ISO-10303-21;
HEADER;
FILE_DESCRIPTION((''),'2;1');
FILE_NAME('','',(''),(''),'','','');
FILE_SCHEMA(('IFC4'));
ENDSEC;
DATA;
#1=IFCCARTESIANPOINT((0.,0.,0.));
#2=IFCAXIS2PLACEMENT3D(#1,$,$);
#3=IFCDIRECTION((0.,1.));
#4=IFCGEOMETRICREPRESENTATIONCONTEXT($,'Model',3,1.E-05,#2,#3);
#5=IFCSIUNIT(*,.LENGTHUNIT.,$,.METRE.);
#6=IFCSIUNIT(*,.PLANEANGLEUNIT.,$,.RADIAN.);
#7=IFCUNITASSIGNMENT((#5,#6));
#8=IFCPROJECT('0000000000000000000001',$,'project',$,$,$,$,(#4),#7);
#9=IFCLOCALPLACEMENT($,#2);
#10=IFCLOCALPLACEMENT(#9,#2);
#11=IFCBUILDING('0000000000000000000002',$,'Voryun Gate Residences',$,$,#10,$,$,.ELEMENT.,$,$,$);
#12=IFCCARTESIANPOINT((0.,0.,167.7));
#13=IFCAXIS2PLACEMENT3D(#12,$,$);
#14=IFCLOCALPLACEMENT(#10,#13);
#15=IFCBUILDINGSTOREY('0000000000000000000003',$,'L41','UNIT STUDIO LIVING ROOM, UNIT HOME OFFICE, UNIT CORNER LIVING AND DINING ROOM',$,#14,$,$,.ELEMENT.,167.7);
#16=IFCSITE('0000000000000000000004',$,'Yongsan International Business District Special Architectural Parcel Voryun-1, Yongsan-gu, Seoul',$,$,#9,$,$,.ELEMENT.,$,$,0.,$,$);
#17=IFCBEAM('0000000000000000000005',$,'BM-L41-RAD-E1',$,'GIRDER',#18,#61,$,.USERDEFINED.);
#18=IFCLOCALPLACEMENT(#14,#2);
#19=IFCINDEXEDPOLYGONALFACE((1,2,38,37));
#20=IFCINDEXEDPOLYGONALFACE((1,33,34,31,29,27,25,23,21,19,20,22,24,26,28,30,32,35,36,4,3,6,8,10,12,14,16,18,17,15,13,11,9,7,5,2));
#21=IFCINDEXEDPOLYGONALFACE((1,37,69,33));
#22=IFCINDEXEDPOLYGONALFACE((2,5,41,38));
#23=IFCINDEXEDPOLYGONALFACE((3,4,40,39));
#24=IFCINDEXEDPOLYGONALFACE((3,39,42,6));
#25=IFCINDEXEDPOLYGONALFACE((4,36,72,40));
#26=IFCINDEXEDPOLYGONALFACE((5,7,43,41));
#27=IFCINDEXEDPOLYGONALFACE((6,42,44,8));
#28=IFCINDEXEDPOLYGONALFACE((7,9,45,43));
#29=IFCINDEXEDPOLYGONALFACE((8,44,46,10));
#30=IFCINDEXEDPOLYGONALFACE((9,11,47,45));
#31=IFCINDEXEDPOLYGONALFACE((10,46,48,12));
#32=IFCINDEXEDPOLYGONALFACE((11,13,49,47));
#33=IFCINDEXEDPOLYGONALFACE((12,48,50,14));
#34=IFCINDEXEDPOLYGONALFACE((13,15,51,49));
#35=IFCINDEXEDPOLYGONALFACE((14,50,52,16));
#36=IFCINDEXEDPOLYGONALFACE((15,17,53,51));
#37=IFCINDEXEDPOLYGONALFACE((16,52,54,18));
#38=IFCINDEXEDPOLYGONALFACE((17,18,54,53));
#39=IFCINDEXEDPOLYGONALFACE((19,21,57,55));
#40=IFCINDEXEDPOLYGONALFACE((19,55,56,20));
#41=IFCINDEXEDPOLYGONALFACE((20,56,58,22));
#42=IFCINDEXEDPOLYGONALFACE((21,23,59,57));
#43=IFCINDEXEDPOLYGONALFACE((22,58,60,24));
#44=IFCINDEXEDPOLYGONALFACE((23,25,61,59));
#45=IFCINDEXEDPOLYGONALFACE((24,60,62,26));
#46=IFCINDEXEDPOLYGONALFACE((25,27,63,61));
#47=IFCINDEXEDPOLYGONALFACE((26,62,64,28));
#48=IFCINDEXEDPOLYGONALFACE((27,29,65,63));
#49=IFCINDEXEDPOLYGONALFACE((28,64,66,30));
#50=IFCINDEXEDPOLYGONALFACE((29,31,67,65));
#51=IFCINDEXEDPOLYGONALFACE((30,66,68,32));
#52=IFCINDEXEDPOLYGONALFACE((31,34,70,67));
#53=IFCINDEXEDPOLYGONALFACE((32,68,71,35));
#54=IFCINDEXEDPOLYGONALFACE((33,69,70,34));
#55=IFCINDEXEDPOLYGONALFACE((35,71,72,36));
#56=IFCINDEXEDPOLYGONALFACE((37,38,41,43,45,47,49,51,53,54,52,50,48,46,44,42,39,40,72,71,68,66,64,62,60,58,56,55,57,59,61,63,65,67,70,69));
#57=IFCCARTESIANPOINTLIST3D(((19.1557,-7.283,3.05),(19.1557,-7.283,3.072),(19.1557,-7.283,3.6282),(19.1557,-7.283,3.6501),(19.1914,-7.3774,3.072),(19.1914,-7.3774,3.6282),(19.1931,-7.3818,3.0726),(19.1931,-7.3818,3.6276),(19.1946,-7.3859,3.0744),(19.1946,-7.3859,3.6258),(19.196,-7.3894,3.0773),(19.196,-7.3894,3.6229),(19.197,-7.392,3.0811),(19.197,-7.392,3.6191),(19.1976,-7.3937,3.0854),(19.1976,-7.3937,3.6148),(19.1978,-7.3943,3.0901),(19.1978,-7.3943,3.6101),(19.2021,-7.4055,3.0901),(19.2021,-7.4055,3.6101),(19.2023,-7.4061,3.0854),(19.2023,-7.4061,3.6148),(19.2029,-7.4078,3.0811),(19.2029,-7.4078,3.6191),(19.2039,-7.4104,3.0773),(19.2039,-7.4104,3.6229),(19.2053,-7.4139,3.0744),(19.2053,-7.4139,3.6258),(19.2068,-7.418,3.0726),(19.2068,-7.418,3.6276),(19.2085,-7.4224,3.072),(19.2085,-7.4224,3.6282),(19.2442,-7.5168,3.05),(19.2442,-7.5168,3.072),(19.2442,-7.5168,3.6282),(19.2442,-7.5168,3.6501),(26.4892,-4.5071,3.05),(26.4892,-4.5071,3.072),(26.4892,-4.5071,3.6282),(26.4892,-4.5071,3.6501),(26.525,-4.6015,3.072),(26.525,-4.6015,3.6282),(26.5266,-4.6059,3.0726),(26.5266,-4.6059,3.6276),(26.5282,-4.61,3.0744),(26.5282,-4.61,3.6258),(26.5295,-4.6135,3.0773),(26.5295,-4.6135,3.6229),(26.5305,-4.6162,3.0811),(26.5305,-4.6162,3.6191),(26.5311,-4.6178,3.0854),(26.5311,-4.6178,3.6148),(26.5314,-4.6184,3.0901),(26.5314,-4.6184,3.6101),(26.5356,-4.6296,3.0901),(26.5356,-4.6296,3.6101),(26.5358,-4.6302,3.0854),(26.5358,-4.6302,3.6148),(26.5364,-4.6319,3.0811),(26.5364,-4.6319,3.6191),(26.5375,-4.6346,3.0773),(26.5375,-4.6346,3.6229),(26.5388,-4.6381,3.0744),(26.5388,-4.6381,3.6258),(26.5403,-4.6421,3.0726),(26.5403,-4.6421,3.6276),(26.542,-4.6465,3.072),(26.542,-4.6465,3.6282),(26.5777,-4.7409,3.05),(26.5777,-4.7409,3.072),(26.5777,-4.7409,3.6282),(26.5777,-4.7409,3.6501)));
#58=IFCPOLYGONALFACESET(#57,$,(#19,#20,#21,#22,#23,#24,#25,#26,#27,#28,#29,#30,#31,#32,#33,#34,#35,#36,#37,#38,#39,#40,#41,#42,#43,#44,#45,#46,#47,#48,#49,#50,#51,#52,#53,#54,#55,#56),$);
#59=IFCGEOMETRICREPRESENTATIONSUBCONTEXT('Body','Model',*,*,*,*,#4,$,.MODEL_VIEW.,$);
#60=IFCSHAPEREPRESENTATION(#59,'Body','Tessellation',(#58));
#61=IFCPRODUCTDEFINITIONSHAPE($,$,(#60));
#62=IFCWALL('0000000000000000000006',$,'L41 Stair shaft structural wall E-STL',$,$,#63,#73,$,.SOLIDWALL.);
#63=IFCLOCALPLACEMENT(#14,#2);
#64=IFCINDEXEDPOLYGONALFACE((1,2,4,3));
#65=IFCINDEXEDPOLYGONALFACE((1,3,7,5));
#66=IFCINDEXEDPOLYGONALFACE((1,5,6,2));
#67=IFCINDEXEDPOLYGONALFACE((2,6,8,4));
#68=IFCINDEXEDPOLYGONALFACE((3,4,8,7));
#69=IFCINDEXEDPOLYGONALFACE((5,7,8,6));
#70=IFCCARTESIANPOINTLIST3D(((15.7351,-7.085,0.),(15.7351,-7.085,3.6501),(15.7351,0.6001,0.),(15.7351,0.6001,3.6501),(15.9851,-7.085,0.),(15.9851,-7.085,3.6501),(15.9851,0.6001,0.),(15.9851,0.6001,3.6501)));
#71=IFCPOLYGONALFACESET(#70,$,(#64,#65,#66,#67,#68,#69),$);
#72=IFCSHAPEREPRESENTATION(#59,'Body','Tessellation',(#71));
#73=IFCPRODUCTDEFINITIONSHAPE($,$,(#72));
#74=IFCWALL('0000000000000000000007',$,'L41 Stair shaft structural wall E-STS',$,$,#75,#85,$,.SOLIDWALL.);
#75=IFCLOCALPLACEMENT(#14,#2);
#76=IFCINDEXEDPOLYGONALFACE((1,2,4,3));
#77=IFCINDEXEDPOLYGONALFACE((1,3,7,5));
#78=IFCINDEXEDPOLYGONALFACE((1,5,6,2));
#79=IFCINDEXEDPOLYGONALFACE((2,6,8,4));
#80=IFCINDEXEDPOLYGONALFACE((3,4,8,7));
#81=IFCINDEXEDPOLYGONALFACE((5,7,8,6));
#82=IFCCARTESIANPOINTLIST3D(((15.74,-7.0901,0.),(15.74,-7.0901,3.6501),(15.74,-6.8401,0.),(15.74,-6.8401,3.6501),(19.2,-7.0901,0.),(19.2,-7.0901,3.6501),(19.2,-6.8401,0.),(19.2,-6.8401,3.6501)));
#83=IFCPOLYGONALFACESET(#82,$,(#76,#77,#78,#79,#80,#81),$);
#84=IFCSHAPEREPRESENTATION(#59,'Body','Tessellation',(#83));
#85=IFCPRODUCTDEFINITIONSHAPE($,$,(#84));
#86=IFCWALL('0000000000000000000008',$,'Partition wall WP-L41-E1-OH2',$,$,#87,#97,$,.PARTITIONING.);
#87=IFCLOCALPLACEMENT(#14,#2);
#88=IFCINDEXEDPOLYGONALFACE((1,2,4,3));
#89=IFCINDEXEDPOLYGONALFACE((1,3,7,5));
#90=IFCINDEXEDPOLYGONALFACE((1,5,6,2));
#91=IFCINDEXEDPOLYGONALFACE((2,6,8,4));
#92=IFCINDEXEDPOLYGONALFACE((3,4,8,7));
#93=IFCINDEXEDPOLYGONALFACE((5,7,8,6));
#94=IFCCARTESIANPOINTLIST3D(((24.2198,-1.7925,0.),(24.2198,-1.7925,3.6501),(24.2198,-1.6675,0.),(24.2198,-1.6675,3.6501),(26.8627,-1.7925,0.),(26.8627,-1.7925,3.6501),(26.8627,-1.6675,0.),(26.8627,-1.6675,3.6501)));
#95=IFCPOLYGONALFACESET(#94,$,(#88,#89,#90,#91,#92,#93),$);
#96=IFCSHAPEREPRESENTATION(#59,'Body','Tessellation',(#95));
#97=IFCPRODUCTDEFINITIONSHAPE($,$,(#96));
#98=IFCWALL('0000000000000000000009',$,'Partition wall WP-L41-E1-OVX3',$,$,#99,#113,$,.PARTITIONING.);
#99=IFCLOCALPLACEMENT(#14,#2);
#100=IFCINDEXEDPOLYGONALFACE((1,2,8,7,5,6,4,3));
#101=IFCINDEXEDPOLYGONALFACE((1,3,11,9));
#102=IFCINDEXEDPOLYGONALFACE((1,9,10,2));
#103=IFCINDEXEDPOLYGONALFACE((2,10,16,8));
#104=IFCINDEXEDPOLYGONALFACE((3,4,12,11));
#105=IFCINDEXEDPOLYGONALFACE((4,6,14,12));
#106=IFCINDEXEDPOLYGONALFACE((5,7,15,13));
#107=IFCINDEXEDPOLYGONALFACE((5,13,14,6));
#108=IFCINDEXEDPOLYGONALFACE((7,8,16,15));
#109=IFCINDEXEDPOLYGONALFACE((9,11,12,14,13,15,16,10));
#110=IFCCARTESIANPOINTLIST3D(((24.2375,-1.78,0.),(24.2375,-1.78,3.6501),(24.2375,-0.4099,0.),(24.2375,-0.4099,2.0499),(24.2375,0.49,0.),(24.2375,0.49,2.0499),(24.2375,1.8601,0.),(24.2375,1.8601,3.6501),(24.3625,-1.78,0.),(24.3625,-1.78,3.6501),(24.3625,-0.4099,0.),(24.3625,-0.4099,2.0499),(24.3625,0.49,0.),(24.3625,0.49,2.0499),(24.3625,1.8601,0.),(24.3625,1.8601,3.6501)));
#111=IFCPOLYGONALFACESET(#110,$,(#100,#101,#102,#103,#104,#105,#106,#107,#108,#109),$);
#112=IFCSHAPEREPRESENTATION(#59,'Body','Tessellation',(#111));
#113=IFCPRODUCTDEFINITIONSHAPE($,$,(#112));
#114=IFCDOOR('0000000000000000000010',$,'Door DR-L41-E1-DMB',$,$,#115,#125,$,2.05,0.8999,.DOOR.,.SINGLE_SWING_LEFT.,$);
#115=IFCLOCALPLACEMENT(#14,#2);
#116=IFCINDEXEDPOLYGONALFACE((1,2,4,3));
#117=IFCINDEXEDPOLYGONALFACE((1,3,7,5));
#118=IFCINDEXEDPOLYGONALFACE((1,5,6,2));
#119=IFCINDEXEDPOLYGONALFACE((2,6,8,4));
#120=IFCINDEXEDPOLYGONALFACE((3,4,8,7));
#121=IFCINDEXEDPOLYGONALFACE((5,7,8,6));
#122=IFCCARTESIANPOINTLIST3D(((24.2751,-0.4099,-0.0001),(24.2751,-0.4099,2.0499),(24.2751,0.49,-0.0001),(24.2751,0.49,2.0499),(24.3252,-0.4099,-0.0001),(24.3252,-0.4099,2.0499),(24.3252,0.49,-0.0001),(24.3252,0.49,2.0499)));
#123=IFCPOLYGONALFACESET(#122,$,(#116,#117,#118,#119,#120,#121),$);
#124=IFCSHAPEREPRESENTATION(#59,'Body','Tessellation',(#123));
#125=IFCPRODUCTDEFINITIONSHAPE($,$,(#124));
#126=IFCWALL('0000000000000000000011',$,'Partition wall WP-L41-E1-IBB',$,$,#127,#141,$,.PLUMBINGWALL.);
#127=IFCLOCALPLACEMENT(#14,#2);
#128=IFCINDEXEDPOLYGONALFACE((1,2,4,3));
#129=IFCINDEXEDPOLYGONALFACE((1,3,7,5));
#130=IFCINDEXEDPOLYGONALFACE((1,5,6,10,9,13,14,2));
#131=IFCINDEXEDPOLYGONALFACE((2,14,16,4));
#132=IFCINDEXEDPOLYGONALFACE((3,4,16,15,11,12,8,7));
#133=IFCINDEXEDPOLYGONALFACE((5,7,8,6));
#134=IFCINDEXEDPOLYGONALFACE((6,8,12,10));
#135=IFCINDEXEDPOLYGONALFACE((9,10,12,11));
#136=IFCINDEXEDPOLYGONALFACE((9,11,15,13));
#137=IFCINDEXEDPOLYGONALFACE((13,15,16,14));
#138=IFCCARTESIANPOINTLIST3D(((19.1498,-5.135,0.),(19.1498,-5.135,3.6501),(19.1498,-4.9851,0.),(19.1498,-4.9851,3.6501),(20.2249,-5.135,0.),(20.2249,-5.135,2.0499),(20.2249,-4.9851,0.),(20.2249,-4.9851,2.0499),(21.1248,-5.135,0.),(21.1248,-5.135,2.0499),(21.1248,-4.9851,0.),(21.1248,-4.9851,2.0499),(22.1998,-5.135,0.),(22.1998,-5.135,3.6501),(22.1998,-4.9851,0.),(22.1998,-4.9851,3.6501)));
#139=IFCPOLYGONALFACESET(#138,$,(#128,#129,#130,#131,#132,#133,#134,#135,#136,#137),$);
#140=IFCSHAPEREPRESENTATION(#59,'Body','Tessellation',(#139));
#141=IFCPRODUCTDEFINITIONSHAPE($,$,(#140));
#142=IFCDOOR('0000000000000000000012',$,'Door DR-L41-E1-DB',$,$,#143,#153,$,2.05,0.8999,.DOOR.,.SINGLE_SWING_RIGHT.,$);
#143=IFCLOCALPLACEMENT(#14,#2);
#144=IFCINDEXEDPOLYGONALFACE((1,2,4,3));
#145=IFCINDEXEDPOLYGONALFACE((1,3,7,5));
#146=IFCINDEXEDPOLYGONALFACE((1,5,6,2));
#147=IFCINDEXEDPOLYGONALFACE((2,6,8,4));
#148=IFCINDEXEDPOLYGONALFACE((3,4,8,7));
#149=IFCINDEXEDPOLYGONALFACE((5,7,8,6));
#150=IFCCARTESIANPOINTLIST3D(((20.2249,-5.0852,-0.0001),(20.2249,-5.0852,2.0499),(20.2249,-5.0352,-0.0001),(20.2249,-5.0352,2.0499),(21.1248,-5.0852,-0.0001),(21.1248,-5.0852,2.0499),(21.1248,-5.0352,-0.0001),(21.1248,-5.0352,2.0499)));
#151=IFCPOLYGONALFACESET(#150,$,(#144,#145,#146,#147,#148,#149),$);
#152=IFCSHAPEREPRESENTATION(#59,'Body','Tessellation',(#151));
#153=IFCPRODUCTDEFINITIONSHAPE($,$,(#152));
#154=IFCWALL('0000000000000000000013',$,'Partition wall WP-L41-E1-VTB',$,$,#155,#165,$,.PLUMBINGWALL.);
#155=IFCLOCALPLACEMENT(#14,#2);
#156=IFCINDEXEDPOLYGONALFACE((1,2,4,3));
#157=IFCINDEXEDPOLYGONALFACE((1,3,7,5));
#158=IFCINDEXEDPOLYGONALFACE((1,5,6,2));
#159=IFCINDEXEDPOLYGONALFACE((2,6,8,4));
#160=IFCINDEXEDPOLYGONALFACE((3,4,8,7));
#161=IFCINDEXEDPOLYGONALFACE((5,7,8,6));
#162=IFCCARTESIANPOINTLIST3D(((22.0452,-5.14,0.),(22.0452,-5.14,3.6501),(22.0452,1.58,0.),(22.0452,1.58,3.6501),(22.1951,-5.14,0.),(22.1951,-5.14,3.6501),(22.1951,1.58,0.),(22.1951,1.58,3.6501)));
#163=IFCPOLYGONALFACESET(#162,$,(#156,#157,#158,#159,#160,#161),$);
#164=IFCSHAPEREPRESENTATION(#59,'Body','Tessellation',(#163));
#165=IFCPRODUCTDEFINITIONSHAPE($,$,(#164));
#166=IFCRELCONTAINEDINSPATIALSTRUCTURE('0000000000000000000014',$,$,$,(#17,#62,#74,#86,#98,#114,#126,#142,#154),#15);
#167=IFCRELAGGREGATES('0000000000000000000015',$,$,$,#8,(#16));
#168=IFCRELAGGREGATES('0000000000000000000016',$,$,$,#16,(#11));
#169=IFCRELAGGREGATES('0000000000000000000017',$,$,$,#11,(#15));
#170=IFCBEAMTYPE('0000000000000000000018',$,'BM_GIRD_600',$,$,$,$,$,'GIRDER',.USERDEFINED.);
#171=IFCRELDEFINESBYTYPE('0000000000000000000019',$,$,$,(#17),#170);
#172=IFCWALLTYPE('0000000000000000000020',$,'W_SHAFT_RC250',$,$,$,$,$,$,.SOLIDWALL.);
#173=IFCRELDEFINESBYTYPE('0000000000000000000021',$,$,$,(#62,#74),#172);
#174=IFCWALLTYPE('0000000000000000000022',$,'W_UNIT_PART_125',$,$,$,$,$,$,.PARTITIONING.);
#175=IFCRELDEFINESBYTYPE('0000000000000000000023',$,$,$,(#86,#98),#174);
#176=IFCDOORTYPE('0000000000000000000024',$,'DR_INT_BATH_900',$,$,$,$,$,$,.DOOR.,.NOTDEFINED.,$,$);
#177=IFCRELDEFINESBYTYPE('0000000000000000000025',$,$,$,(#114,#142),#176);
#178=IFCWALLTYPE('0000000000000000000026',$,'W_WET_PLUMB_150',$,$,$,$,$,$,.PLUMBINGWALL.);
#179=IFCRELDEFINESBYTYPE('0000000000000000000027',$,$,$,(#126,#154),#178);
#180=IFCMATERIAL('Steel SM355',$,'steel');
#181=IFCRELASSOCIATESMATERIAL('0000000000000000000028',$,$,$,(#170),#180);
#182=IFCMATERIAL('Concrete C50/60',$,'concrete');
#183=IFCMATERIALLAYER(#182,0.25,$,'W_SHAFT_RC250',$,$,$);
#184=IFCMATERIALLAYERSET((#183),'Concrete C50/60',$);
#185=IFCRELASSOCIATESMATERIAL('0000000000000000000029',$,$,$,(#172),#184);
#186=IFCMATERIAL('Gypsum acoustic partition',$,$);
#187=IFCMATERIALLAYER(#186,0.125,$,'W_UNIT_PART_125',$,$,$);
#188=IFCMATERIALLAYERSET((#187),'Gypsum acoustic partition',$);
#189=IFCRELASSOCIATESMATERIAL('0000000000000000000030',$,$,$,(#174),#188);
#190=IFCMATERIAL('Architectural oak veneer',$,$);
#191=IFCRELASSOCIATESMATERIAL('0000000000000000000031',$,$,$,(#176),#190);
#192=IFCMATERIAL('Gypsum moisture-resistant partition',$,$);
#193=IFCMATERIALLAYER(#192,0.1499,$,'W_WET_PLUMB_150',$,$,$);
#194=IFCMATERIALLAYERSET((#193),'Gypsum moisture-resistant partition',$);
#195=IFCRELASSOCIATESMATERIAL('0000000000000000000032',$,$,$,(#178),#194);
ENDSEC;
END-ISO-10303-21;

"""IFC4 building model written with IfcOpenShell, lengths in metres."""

from ifc_helpers import new_model, si_unit, direction, frame, frame_2d, origin, origin_2d, place, context, subcontext, project, spatial, rectangle, i_section, extrude, material, layer, layer_set, material_profile, profile_set, type_object, element, fill, save


model = new_model("IFC4")

# Units and contexts
model_context = context("Model", 3, precision=1e-05, world=origin(), true_north=direction((0.0, 1.0)))
body_context = subcontext(model_context, "Body", "Model", "MODEL_VIEW")
ifc_project = project(units=[si_unit("LENGTHUNIT", "METRE"), si_unit("PLANEANGLEUNIT", "RADIAN")], contexts=[model_context])

# Site, building, storey
site_placement = place(None, origin())
site = spatial("IfcSite", under=ifc_project, at=site_placement, Name="Yongsan International Business District Special Architectural Parcel Voryun-1, Yongsan-gu, Seoul", CompositionType="ELEMENT", RefElevation=0.0)
building_placement = place(site_placement, origin())
building = spatial("IfcBuilding", under=site, at=building_placement, Name="Voryun Gate Residences", CompositionType="ELEMENT")
storey_placement = place(building_placement, frame((0.0, 0.0, 167.7)))
storey = spatial("IfcBuildingStorey", under=building, at=storey_placement, Name="L41", Description="UNIT STUDIO LIVING ROOM, UNIT HOME OFFICE, UNIT CORNER LIVING AND DINING ROOM", CompositionType="ELEMENT", Elevation=167.7)

# Beam
ifc_material_1 = material(Name="Steel SM355", Category="steel")
ifc_material_profile_1 = material_profile(ifc_material_1, i_section(OverallWidth=0.25, OverallDepth=0.6001, WebThickness=0.012, FlangeThickness=0.022, FilletRadius=0.0181, at=origin_2d()), Name="H-600x250x12x22")
ifc_profile_set_1 = profile_set([ifc_material_profile_1], Name="Steel SM355")
beam_type_1 = type_object("IfcBeamType", Name="BM_GIRD_600", ElementType="GIRDER", PredefinedType="USERDEFINED", material=ifc_profile_set_1)
beam_1_placement = place(storey_placement, frame((19.2, -7.3999, 3.3501), z_axis=(0.935242, 0.354008, 0.0), x_axis=(-0.354008, 0.935242, 0.0)))
element("IfcBeam", 1, at=beam_1_placement, inside=storey, type_object=beam_type_1, Name="BM-L41-RAD-E1", ObjectType="GIRDER", PredefinedType="USERDEFINED", context=body_context, shape_type="SweptSolid", body=[
    extrude(i_section(OverallWidth=0.25, OverallDepth=0.6001, WebThickness=0.012, FlangeThickness=0.022, FilletRadius=0.0181, at=origin_2d()), origin(), (0.0, 0.0, 1.0), 7.8413),
])

# Walls
ifc_material_2 = material(Name="Concrete C50/60", Category="concrete")
ifc_layer_1 = layer(ifc_material_2, 0.25, Name="W_SHAFT_RC250")
ifc_layer_set_1 = layer_set([ifc_layer_1], Name="Concrete C50/60")
wall_type_1 = type_object("IfcWallType", Name="W_SHAFT_RC250", PredefinedType="SOLIDWALL", material=ifc_layer_set_1)
wall_1_placement = place(storey_placement, frame((15.8601, -7.085, 0.0), z_axis=(0.0, 0.0, 1.0), x_axis=(0.0, 1.0, 0.0)))
element("IfcWall", 2, at=wall_1_placement, inside=storey, type_object=wall_type_1, Name="L41 Stair shaft structural wall E-STL", PredefinedType="SOLIDWALL", context=body_context, shape_type="SweptSolid", body=[
    extrude(rectangle(XDim=7.6851, YDim=0.25, at=frame_2d((3.8425, 0.0))), origin(), (0.0, 0.0, 1.0), 3.6501),
])
wall_2_placement = place(storey_placement, frame((15.74, -6.9651, 0.0), z_axis=(0.0, 0.0, 1.0), x_axis=(1.0, 0.0, 0.0)))
element("IfcWall", 3, at=wall_2_placement, inside=storey, type_object=wall_type_1, Name="L41 Stair shaft structural wall E-STS", PredefinedType="SOLIDWALL", context=body_context, shape_type="SweptSolid", body=[
    extrude(rectangle(XDim=3.46, YDim=0.25, at=frame_2d((1.73, 0.0))), origin(), (0.0, 0.0, 1.0), 3.6501),
])
ifc_material_3 = material(Name="Gypsum acoustic partition")
ifc_layer_2 = layer(ifc_material_3, 0.125, Name="W_UNIT_PART_125")
ifc_layer_set_2 = layer_set([ifc_layer_2], Name="Gypsum acoustic partition")
wall_type_2 = type_object("IfcWallType", Name="W_UNIT_PART_125", PredefinedType="PARTITIONING", material=ifc_layer_set_2)
wall_3_placement = place(storey_placement, frame((24.22, -1.73, 0.0), z_axis=(0.0, 0.0, 1.0), x_axis=(1.0, 0.0, 0.0)))
element("IfcWall", 4, at=wall_3_placement, inside=storey, type_object=wall_type_2, Name="Partition wall WP-L41-E1-OH2", PredefinedType="PARTITIONING", context=body_context, shape_type="SweptSolid", body=[
    extrude(rectangle(XDim=2.6428, YDim=0.125, at=frame_2d((1.3213, 0.0))), origin(), (0.0, 0.0, 1.0), 3.6501),
])

# Walls, openings, doors
wall_4_placement = place(storey_placement, frame((24.3, -1.78, 0.0), z_axis=(0.0, 0.0, 1.0), x_axis=(0.0, 1.0, 0.0)))
wall_4 = element("IfcWall", 5, at=wall_4_placement, inside=storey, type_object=wall_type_2, Name="Partition wall WP-L41-E1-OVX3", PredefinedType="PARTITIONING", context=body_context, shape_type="SweptSolid", body=[
    extrude(rectangle(XDim=3.6401, YDim=0.125, at=frame_2d((1.8201, 0.0))), origin(), (0.0, 0.0, 1.0), 3.6501),
])
opening_1_placement = place(wall_4_placement, frame((1.3701, 0.0, 0.0)))
opening_1 = element("IfcOpeningElement", 6, at=opening_1_placement, cuts=wall_4, PredefinedType="OPENING", context=body_context, shape_type="SweptSolid", body=[
    extrude(rectangle(XDim=0.8999, YDim=2.05, at=frame_2d((0.45, 1.0249))), frame((0.0, 0.0725, 0.0), z_axis=(0.0, -1.0, 0.0), x_axis=(1.0, 0.0, 0.0)), (0.0, 0.0, 1.0), 0.145),
])
ifc_material_4 = material(Name="Architectural oak veneer")
door_type = type_object("IfcDoorType", Name="DR_INT_BATH_900", OperationType="NOTDEFINED", PredefinedType="DOOR", material=ifc_material_4)
door_1_placement = place(opening_1_placement, origin())
door_1 = element("IfcDoor", 7, at=door_1_placement, inside=storey, type_object=door_type, Name="Door DR-L41-E1-DMB", OperationType="SINGLE_SWING_LEFT", OverallHeight=2.05, OverallWidth=0.8999, PredefinedType="DOOR", context=body_context, shape_type="SweptSolid", body=[
    extrude(rectangle(XDim=0.8999, YDim=2.05, at=frame_2d((0.45, 1.0249))), frame((0.0, 0.0249, 0.0), z_axis=(0.0, -1.0, 0.0), x_axis=(1.0, 0.0, 0.0)), (0.0, 0.0, 1.0), 0.05),
])
fill(opening_1, door_1)
ifc_material_5 = material(Name="Gypsum moisture-resistant partition")
ifc_layer_3 = layer(ifc_material_5, 0.1499, Name="W_WET_PLUMB_150")
ifc_layer_set_3 = layer_set([ifc_layer_3], Name="Gypsum moisture-resistant partition")
wall_type_3 = type_object("IfcWallType", Name="W_WET_PLUMB_150", PredefinedType="PLUMBINGWALL", material=ifc_layer_set_3)
wall_5_placement = place(storey_placement, frame((19.1499, -5.0601, 0.0), z_axis=(0.0, 0.0, 1.0), x_axis=(1.0, 0.0, 0.0)))
wall_5 = element("IfcWall", 8, at=wall_5_placement, inside=storey, type_object=wall_type_3, Name="Partition wall WP-L41-E1-IBB", PredefinedType="PLUMBINGWALL", context=body_context, shape_type="SweptSolid", body=[
    extrude(rectangle(XDim=3.05, YDim=0.1499, at=frame_2d((1.5249, 0.0))), origin(), (0.0, 0.0, 1.0), 3.6501),
])
opening_2_placement = place(wall_5_placement, frame((1.075, 0.0, 0.0)))
opening_2 = element("IfcOpeningElement", 9, at=opening_2_placement, cuts=wall_5, PredefinedType="OPENING", context=body_context, shape_type="SweptSolid", body=[
    extrude(rectangle(XDim=0.8999, YDim=2.05, at=frame_2d((0.45, 1.0249))), frame((0.0, 0.085, 0.0), z_axis=(0.0, -1.0, 0.0), x_axis=(1.0, 0.0, 0.0)), (0.0, 0.0, 1.0), 0.1699),
])
door_2_placement = place(opening_2_placement, origin())
door_2 = element("IfcDoor", 10, at=door_2_placement, inside=storey, type_object=door_type, Name="Door DR-L41-E1-DB", OperationType="SINGLE_SWING_RIGHT", OverallHeight=2.05, OverallWidth=0.8999, PredefinedType="DOOR", context=body_context, shape_type="SweptSolid", body=[
    extrude(rectangle(XDim=0.8999, YDim=2.05, at=frame_2d((0.45, 1.0249))), frame((0.0, 0.0249, 0.0), z_axis=(0.0, -1.0, 0.0), x_axis=(1.0, 0.0, 0.0)), (0.0, 0.0, 1.0), 0.05),
])
fill(opening_2, door_2)

# Wall
wall_6_placement = place(storey_placement, frame((22.1201, -5.1399, 0.0), z_axis=(0.0, 0.0, 1.0), x_axis=(0.0, 1.0, 0.0)))
element("IfcWall", 11, at=wall_6_placement, inside=storey, type_object=wall_type_3, Name="Partition wall WP-L41-E1-VTB", PredefinedType="PLUMBINGWALL", context=body_context, shape_type="SweptSolid", body=[
    extrude(rectangle(XDim=6.72, YDim=0.1499, at=frame_2d((3.3599, 0.0))), origin(), (0.0, 0.0, 1.0), 3.6501),
])

save(model, "model.ifc")
